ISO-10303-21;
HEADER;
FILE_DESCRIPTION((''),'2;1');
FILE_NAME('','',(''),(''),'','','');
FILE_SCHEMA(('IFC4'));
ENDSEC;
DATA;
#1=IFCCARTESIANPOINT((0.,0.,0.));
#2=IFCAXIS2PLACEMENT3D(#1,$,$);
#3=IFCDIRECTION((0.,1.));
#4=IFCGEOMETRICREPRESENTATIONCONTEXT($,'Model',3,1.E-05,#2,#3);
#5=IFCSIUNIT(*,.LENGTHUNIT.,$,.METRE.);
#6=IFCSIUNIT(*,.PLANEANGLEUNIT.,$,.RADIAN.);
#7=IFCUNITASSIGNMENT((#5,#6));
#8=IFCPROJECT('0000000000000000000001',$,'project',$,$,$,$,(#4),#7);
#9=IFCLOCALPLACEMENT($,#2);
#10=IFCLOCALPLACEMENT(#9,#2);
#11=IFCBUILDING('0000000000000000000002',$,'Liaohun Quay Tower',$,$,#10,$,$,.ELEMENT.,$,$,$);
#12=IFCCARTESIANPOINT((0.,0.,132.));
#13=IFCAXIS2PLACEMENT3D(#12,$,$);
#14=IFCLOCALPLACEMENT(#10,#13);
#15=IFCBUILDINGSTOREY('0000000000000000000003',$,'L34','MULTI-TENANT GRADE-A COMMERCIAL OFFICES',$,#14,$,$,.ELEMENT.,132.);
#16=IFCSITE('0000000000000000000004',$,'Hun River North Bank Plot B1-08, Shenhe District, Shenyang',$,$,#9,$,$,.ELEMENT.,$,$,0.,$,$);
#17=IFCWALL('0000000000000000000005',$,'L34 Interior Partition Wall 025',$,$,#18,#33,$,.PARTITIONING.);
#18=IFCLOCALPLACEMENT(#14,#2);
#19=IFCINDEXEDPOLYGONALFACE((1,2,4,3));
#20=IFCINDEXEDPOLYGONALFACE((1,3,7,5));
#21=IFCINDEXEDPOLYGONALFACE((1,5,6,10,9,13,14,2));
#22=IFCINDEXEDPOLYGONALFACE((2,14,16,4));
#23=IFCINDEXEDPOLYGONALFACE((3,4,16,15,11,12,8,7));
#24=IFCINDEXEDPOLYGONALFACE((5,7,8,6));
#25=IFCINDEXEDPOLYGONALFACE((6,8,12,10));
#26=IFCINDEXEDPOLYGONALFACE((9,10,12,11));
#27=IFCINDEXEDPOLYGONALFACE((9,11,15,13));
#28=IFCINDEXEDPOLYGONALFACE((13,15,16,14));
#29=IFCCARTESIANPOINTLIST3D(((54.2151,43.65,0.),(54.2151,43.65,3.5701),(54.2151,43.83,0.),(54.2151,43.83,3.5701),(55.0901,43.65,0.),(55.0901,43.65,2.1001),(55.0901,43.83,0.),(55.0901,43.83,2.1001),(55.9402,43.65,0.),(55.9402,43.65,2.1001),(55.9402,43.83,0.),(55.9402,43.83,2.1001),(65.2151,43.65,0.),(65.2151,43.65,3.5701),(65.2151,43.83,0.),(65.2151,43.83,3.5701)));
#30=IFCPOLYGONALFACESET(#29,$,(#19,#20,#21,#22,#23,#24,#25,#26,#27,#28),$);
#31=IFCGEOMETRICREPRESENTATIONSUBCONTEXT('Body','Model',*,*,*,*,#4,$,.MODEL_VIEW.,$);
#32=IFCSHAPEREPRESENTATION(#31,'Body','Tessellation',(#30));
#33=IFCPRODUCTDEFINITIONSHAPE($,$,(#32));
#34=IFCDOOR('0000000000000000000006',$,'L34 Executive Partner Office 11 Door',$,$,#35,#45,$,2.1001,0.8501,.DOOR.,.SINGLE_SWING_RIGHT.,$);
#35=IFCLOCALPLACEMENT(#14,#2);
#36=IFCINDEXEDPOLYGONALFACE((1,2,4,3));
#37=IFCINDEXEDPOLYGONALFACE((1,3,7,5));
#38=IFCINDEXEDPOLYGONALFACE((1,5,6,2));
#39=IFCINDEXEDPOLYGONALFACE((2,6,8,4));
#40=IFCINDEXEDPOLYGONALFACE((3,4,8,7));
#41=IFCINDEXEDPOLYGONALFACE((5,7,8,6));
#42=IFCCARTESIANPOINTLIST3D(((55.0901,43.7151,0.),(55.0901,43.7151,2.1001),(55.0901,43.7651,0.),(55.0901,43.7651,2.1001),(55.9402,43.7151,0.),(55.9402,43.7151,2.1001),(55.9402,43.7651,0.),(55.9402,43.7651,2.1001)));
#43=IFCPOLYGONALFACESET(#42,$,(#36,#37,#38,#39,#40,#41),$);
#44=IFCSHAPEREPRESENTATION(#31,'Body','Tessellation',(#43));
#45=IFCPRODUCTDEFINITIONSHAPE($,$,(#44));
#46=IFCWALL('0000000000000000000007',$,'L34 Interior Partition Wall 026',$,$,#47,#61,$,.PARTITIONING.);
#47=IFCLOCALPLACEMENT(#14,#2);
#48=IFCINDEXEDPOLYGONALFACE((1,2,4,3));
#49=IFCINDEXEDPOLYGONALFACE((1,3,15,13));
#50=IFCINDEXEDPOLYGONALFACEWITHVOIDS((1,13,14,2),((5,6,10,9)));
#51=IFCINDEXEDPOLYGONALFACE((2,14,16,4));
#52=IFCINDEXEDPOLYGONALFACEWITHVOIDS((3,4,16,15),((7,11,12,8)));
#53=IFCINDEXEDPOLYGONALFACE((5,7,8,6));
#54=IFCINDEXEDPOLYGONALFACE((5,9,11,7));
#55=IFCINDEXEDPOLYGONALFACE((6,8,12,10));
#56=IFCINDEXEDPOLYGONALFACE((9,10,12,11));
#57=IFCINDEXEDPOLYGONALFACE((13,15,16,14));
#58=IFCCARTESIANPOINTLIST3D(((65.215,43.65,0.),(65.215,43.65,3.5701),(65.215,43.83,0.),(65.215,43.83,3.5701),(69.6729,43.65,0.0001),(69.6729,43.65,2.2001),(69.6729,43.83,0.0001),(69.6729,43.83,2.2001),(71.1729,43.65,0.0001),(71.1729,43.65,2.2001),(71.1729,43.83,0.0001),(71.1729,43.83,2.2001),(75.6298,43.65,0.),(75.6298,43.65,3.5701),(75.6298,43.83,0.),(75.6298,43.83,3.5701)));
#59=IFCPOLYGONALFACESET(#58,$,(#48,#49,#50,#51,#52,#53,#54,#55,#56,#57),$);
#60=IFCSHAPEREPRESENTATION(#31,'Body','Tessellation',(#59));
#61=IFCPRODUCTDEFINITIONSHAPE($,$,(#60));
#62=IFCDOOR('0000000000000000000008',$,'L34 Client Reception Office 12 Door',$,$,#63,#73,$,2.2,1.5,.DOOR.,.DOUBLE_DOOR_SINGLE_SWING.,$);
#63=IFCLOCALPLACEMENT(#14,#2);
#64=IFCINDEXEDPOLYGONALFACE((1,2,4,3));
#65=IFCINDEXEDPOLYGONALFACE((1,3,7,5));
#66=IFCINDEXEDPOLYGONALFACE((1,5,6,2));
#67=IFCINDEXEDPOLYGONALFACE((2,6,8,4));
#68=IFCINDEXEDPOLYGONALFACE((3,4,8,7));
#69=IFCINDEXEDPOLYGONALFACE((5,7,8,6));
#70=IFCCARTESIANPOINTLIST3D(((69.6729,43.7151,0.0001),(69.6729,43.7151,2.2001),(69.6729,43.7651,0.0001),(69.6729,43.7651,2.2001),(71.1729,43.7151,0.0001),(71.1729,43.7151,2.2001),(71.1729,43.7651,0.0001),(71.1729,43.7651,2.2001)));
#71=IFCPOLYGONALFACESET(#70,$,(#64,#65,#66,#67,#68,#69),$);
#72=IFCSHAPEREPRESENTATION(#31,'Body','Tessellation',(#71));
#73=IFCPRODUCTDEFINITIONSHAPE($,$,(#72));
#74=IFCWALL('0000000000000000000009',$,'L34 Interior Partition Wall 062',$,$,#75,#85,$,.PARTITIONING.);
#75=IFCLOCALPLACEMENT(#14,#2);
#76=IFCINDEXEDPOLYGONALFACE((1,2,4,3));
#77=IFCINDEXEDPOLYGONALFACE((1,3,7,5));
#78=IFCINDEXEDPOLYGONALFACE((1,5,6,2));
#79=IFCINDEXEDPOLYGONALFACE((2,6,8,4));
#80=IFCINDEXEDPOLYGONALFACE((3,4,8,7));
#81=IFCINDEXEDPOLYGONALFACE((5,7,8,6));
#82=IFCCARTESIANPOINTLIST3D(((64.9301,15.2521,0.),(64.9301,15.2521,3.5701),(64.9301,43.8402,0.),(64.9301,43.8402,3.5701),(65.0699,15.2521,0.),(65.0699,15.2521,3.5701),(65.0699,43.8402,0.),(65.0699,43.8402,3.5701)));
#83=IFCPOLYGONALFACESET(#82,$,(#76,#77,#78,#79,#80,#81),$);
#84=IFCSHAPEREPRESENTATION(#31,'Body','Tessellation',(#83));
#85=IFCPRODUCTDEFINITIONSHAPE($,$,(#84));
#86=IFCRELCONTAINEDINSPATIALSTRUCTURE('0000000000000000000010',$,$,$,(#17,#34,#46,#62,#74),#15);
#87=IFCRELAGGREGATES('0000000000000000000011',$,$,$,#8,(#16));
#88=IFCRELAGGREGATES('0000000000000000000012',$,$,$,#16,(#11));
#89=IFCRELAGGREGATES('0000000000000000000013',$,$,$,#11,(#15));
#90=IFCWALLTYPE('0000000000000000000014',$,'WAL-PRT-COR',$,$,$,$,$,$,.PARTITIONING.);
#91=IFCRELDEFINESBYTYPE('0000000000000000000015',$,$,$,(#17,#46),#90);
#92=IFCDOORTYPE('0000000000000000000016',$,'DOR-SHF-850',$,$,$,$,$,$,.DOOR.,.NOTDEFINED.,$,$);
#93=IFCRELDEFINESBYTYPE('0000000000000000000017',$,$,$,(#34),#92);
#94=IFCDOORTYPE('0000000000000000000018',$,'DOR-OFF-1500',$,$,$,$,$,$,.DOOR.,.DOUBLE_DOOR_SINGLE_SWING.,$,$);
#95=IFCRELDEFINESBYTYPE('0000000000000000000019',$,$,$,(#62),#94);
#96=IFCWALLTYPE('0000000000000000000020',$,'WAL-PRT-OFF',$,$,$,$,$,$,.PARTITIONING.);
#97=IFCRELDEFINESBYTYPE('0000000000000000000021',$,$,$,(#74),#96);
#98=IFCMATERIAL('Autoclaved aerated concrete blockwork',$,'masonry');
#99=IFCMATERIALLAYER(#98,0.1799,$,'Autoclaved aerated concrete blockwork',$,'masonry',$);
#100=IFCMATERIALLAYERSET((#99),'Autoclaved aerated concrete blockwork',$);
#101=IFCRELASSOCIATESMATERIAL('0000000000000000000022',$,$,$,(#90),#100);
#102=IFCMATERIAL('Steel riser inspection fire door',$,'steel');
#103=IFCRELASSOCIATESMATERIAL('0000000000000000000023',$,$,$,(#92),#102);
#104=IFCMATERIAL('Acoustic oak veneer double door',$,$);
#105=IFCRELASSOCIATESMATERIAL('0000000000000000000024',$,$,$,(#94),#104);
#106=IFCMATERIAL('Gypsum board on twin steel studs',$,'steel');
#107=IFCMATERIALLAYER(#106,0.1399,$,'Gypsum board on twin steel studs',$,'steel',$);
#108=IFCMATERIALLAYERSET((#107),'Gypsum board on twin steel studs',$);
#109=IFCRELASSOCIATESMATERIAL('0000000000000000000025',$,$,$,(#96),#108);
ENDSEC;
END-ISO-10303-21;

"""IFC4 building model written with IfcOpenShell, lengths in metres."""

from ifc_helpers import new_model, si_unit, direction, frame, frame_2d, origin, place, context, subcontext, project, spatial, rectangle, extrude, source, transform, mapped, material, layer, layer_set, type_object, element, fill, save


model = new_model("IFC4")

# Units and contexts
model_context = context("Model", 3, precision=1e-05, world=origin(), true_north=direction((0.0, 1.0)))
body_context = subcontext(model_context, "Body", "Model", "MODEL_VIEW")
ifc_project = project(units=[si_unit("LENGTHUNIT", "METRE"), si_unit("PLANEANGLEUNIT", "RADIAN")], contexts=[model_context])

# Site, building, storey
site_placement = place(None, origin())
site = spatial("IfcSite", under=ifc_project, at=site_placement, Name="Hun River North Bank Plot B1-08, Shenhe District, Shenyang", CompositionType="ELEMENT", RefElevation=0.0)
building_placement = place(site_placement, origin())
building = spatial("IfcBuilding", under=site, at=building_placement, Name="Liaohun Quay Tower", CompositionType="ELEMENT")
storey_placement = place(building_placement, frame((0.0, 0.0, 132.0)))
storey = spatial("IfcBuildingStorey", under=building, at=storey_placement, Name="L34", Description="MULTI-TENANT GRADE-A COMMERCIAL OFFICES", CompositionType="ELEMENT", Elevation=132.0)

# Walls, openings, doors
ifc_material_1 = material(Name="Autoclaved aerated concrete blockwork", Category="masonry")
ifc_layer_1 = layer(ifc_material_1, 0.1799, Name="Autoclaved aerated concrete blockwork", Category="masonry")
ifc_layer_set_1 = layer_set([ifc_layer_1], Name="Autoclaved aerated concrete blockwork")
wall_type_1 = type_object("IfcWallType", Name="WAL-PRT-COR", PredefinedType="PARTITIONING", material=ifc_layer_set_1)
wall_1_placement = place(storey_placement, frame((65.2151, 43.74, 0.0), z_axis=(0.0, 0.0, 1.0), x_axis=(-1.0, 0.0, 0.0)))
wall_1 = element("IfcWall", 1, at=wall_1_placement, inside=storey, type_object=wall_type_1, Name="L34 Interior Partition Wall 025", PredefinedType="PARTITIONING", context=body_context, shape_type="SweptSolid", body=[
    extrude(rectangle(XDim=11.0, YDim=0.1799, at=frame_2d((5.5, 0.0))), origin(), (0.0, 0.0, 1.0), 3.5701),
])
shared_shape_1 = source(origin(), body_context, "Body", "SweptSolid", [
    extrude(rectangle(XDim=0.8501, YDim=2.1001, at=frame_2d((0.425, 1.05))), frame((0.0, 0.0999, 0.0), z_axis=(0.0, -1.0, 0.0), x_axis=(1.0, 0.0, 0.0)), (0.0, 0.0, 1.0), 0.2),
])
opening_1_placement = place(wall_1_placement, frame((9.2749, 0.0, 0.0)))
opening_1 = element("IfcOpeningElement", 2, at=opening_1_placement, cuts=wall_1, PredefinedType="OPENING", context=body_context, shape_type="MappedRepresentation", body=[
    mapped(shared_shape_1, transform((0.0, 0.0, 0.0), x_axis=(1.0, 0.0, 0.0), y_axis=(0.0, 1.0, 0.0), z_axis=(0.0, 0.0, 1.0), scale=1.0)),
])
ifc_material_2 = material(Name="Steel riser inspection fire door", Category="steel")
door_type_1 = type_object("IfcDoorType", Name="DOR-SHF-850", OperationType="NOTDEFINED", PredefinedType="DOOR", material=ifc_material_2)
shared_shape_2 = source(origin(), body_context, "Body", "SweptSolid", [
    extrude(rectangle(XDim=0.8501, YDim=2.1001, at=frame_2d((0.425, 1.05))), frame((0.0, 0.0249, 0.0), z_axis=(0.0, -1.0, 0.0), x_axis=(1.0, 0.0, 0.0)), (0.0, 0.0, 1.0), 0.05),
])
door_1_placement = place(opening_1_placement, origin())
door_1 = element("IfcDoor", 3, at=door_1_placement, inside=storey, type_object=door_type_1, Name="L34 Executive Partner Office 11 Door", OperationType="SINGLE_SWING_RIGHT", OverallHeight=2.1001, OverallWidth=0.8501, PredefinedType="DOOR", context=body_context, shape_type="MappedRepresentation", body=[
    mapped(shared_shape_2, transform((0.0, 0.0, 0.0), x_axis=(1.0, 0.0, 0.0), y_axis=(0.0, 1.0, 0.0), z_axis=(0.0, 0.0, 1.0), scale=1.0)),
])
fill(opening_1, door_1)
wall_2_placement = place(storey_placement, frame((75.6299, 43.74, 0.0), z_axis=(0.0, 0.0, 1.0), x_axis=(-1.0, 0.0, 0.0)))
wall_2 = element("IfcWall", 4, at=wall_2_placement, inside=storey, type_object=wall_type_1, Name="L34 Interior Partition Wall 026", PredefinedType="PARTITIONING", context=body_context, shape_type="SweptSolid", body=[
    extrude(rectangle(XDim=10.4148, YDim=0.1799, at=frame_2d((5.2075, 0.0))), origin(), (0.0, 0.0, 1.0), 3.5701),
])
shared_shape_3 = source(origin(), body_context, "Body", "SweptSolid", [
    extrude(rectangle(XDim=1.5, YDim=2.2, at=frame_2d((0.75, 1.1001))), frame((0.0, 0.0999, 0.0), z_axis=(0.0, -1.0, 0.0), x_axis=(1.0, 0.0, 0.0)), (0.0, 0.0, 1.0), 0.2),
])
opening_2_placement = place(wall_2_placement, frame((4.457, 0.0, 0.0)))
opening_2 = element("IfcOpeningElement", 5, at=opening_2_placement, cuts=wall_2, PredefinedType="OPENING", context=body_context, shape_type="MappedRepresentation", body=[
    mapped(shared_shape_3, transform((0.0, 0.0, 0.0), x_axis=(1.0, 0.0, 0.0), y_axis=(0.0, 1.0, 0.0), z_axis=(0.0, 0.0, 1.0), scale=1.0)),
])
ifc_material_3 = material(Name="Acoustic oak veneer double door")
door_type_2 = type_object("IfcDoorType", Name="DOR-OFF-1500", OperationType="DOUBLE_DOOR_SINGLE_SWING", PredefinedType="DOOR", material=ifc_material_3)
shared_shape_4 = source(origin(), body_context, "Body", "SweptSolid", [
    extrude(rectangle(XDim=1.5, YDim=2.2, at=frame_2d((0.75, 1.1001))), frame((0.0, 0.0249, 0.0), z_axis=(0.0, -1.0, 0.0), x_axis=(1.0, 0.0, 0.0)), (0.0, 0.0, 1.0), 0.05),
])
door_2_placement = place(opening_2_placement, origin())
door_2 = element("IfcDoor", 6, at=door_2_placement, inside=storey, type_object=door_type_2, Name="L34 Client Reception Office 12 Door", OperationType="DOUBLE_DOOR_SINGLE_SWING", OverallHeight=2.2, OverallWidth=1.5, PredefinedType="DOOR", context=body_context, shape_type="MappedRepresentation", body=[
    mapped(shared_shape_4, transform((0.0, 0.0, 0.0), x_axis=(1.0, 0.0, 0.0), y_axis=(0.0, 1.0, 0.0), z_axis=(0.0, 0.0, 1.0), scale=1.0)),
])
fill(opening_2, door_2)

# Wall
ifc_material_4 = material(Name="Gypsum board on twin steel studs", Category="steel")
ifc_layer_2 = layer(ifc_material_4, 0.1399, Name="Gypsum board on twin steel studs", Category="steel")
ifc_layer_set_2 = layer_set([ifc_layer_2], Name="Gypsum board on twin steel studs")
wall_type_2 = type_object("IfcWallType", Name="WAL-PRT-OFF", PredefinedType="PARTITIONING", material=ifc_layer_set_2)
wall_3_placement = place(storey_placement, frame((65.0, 43.8401, 0.0), z_axis=(0.0, 0.0, 1.0), x_axis=(0.0, -1.0, 0.0)))
element("IfcWall", 7, at=wall_3_placement, inside=storey, type_object=wall_type_2, Name="L34 Interior Partition Wall 062", PredefinedType="PARTITIONING", context=body_context, shape_type="SweptSolid", body=[
    extrude(rectangle(XDim=28.5881, YDim=0.1399, at=frame_2d((14.2939, 0.0))), origin(), (0.0, 0.0, 1.0), 3.5701),
])

save(model, "model.ifc")
